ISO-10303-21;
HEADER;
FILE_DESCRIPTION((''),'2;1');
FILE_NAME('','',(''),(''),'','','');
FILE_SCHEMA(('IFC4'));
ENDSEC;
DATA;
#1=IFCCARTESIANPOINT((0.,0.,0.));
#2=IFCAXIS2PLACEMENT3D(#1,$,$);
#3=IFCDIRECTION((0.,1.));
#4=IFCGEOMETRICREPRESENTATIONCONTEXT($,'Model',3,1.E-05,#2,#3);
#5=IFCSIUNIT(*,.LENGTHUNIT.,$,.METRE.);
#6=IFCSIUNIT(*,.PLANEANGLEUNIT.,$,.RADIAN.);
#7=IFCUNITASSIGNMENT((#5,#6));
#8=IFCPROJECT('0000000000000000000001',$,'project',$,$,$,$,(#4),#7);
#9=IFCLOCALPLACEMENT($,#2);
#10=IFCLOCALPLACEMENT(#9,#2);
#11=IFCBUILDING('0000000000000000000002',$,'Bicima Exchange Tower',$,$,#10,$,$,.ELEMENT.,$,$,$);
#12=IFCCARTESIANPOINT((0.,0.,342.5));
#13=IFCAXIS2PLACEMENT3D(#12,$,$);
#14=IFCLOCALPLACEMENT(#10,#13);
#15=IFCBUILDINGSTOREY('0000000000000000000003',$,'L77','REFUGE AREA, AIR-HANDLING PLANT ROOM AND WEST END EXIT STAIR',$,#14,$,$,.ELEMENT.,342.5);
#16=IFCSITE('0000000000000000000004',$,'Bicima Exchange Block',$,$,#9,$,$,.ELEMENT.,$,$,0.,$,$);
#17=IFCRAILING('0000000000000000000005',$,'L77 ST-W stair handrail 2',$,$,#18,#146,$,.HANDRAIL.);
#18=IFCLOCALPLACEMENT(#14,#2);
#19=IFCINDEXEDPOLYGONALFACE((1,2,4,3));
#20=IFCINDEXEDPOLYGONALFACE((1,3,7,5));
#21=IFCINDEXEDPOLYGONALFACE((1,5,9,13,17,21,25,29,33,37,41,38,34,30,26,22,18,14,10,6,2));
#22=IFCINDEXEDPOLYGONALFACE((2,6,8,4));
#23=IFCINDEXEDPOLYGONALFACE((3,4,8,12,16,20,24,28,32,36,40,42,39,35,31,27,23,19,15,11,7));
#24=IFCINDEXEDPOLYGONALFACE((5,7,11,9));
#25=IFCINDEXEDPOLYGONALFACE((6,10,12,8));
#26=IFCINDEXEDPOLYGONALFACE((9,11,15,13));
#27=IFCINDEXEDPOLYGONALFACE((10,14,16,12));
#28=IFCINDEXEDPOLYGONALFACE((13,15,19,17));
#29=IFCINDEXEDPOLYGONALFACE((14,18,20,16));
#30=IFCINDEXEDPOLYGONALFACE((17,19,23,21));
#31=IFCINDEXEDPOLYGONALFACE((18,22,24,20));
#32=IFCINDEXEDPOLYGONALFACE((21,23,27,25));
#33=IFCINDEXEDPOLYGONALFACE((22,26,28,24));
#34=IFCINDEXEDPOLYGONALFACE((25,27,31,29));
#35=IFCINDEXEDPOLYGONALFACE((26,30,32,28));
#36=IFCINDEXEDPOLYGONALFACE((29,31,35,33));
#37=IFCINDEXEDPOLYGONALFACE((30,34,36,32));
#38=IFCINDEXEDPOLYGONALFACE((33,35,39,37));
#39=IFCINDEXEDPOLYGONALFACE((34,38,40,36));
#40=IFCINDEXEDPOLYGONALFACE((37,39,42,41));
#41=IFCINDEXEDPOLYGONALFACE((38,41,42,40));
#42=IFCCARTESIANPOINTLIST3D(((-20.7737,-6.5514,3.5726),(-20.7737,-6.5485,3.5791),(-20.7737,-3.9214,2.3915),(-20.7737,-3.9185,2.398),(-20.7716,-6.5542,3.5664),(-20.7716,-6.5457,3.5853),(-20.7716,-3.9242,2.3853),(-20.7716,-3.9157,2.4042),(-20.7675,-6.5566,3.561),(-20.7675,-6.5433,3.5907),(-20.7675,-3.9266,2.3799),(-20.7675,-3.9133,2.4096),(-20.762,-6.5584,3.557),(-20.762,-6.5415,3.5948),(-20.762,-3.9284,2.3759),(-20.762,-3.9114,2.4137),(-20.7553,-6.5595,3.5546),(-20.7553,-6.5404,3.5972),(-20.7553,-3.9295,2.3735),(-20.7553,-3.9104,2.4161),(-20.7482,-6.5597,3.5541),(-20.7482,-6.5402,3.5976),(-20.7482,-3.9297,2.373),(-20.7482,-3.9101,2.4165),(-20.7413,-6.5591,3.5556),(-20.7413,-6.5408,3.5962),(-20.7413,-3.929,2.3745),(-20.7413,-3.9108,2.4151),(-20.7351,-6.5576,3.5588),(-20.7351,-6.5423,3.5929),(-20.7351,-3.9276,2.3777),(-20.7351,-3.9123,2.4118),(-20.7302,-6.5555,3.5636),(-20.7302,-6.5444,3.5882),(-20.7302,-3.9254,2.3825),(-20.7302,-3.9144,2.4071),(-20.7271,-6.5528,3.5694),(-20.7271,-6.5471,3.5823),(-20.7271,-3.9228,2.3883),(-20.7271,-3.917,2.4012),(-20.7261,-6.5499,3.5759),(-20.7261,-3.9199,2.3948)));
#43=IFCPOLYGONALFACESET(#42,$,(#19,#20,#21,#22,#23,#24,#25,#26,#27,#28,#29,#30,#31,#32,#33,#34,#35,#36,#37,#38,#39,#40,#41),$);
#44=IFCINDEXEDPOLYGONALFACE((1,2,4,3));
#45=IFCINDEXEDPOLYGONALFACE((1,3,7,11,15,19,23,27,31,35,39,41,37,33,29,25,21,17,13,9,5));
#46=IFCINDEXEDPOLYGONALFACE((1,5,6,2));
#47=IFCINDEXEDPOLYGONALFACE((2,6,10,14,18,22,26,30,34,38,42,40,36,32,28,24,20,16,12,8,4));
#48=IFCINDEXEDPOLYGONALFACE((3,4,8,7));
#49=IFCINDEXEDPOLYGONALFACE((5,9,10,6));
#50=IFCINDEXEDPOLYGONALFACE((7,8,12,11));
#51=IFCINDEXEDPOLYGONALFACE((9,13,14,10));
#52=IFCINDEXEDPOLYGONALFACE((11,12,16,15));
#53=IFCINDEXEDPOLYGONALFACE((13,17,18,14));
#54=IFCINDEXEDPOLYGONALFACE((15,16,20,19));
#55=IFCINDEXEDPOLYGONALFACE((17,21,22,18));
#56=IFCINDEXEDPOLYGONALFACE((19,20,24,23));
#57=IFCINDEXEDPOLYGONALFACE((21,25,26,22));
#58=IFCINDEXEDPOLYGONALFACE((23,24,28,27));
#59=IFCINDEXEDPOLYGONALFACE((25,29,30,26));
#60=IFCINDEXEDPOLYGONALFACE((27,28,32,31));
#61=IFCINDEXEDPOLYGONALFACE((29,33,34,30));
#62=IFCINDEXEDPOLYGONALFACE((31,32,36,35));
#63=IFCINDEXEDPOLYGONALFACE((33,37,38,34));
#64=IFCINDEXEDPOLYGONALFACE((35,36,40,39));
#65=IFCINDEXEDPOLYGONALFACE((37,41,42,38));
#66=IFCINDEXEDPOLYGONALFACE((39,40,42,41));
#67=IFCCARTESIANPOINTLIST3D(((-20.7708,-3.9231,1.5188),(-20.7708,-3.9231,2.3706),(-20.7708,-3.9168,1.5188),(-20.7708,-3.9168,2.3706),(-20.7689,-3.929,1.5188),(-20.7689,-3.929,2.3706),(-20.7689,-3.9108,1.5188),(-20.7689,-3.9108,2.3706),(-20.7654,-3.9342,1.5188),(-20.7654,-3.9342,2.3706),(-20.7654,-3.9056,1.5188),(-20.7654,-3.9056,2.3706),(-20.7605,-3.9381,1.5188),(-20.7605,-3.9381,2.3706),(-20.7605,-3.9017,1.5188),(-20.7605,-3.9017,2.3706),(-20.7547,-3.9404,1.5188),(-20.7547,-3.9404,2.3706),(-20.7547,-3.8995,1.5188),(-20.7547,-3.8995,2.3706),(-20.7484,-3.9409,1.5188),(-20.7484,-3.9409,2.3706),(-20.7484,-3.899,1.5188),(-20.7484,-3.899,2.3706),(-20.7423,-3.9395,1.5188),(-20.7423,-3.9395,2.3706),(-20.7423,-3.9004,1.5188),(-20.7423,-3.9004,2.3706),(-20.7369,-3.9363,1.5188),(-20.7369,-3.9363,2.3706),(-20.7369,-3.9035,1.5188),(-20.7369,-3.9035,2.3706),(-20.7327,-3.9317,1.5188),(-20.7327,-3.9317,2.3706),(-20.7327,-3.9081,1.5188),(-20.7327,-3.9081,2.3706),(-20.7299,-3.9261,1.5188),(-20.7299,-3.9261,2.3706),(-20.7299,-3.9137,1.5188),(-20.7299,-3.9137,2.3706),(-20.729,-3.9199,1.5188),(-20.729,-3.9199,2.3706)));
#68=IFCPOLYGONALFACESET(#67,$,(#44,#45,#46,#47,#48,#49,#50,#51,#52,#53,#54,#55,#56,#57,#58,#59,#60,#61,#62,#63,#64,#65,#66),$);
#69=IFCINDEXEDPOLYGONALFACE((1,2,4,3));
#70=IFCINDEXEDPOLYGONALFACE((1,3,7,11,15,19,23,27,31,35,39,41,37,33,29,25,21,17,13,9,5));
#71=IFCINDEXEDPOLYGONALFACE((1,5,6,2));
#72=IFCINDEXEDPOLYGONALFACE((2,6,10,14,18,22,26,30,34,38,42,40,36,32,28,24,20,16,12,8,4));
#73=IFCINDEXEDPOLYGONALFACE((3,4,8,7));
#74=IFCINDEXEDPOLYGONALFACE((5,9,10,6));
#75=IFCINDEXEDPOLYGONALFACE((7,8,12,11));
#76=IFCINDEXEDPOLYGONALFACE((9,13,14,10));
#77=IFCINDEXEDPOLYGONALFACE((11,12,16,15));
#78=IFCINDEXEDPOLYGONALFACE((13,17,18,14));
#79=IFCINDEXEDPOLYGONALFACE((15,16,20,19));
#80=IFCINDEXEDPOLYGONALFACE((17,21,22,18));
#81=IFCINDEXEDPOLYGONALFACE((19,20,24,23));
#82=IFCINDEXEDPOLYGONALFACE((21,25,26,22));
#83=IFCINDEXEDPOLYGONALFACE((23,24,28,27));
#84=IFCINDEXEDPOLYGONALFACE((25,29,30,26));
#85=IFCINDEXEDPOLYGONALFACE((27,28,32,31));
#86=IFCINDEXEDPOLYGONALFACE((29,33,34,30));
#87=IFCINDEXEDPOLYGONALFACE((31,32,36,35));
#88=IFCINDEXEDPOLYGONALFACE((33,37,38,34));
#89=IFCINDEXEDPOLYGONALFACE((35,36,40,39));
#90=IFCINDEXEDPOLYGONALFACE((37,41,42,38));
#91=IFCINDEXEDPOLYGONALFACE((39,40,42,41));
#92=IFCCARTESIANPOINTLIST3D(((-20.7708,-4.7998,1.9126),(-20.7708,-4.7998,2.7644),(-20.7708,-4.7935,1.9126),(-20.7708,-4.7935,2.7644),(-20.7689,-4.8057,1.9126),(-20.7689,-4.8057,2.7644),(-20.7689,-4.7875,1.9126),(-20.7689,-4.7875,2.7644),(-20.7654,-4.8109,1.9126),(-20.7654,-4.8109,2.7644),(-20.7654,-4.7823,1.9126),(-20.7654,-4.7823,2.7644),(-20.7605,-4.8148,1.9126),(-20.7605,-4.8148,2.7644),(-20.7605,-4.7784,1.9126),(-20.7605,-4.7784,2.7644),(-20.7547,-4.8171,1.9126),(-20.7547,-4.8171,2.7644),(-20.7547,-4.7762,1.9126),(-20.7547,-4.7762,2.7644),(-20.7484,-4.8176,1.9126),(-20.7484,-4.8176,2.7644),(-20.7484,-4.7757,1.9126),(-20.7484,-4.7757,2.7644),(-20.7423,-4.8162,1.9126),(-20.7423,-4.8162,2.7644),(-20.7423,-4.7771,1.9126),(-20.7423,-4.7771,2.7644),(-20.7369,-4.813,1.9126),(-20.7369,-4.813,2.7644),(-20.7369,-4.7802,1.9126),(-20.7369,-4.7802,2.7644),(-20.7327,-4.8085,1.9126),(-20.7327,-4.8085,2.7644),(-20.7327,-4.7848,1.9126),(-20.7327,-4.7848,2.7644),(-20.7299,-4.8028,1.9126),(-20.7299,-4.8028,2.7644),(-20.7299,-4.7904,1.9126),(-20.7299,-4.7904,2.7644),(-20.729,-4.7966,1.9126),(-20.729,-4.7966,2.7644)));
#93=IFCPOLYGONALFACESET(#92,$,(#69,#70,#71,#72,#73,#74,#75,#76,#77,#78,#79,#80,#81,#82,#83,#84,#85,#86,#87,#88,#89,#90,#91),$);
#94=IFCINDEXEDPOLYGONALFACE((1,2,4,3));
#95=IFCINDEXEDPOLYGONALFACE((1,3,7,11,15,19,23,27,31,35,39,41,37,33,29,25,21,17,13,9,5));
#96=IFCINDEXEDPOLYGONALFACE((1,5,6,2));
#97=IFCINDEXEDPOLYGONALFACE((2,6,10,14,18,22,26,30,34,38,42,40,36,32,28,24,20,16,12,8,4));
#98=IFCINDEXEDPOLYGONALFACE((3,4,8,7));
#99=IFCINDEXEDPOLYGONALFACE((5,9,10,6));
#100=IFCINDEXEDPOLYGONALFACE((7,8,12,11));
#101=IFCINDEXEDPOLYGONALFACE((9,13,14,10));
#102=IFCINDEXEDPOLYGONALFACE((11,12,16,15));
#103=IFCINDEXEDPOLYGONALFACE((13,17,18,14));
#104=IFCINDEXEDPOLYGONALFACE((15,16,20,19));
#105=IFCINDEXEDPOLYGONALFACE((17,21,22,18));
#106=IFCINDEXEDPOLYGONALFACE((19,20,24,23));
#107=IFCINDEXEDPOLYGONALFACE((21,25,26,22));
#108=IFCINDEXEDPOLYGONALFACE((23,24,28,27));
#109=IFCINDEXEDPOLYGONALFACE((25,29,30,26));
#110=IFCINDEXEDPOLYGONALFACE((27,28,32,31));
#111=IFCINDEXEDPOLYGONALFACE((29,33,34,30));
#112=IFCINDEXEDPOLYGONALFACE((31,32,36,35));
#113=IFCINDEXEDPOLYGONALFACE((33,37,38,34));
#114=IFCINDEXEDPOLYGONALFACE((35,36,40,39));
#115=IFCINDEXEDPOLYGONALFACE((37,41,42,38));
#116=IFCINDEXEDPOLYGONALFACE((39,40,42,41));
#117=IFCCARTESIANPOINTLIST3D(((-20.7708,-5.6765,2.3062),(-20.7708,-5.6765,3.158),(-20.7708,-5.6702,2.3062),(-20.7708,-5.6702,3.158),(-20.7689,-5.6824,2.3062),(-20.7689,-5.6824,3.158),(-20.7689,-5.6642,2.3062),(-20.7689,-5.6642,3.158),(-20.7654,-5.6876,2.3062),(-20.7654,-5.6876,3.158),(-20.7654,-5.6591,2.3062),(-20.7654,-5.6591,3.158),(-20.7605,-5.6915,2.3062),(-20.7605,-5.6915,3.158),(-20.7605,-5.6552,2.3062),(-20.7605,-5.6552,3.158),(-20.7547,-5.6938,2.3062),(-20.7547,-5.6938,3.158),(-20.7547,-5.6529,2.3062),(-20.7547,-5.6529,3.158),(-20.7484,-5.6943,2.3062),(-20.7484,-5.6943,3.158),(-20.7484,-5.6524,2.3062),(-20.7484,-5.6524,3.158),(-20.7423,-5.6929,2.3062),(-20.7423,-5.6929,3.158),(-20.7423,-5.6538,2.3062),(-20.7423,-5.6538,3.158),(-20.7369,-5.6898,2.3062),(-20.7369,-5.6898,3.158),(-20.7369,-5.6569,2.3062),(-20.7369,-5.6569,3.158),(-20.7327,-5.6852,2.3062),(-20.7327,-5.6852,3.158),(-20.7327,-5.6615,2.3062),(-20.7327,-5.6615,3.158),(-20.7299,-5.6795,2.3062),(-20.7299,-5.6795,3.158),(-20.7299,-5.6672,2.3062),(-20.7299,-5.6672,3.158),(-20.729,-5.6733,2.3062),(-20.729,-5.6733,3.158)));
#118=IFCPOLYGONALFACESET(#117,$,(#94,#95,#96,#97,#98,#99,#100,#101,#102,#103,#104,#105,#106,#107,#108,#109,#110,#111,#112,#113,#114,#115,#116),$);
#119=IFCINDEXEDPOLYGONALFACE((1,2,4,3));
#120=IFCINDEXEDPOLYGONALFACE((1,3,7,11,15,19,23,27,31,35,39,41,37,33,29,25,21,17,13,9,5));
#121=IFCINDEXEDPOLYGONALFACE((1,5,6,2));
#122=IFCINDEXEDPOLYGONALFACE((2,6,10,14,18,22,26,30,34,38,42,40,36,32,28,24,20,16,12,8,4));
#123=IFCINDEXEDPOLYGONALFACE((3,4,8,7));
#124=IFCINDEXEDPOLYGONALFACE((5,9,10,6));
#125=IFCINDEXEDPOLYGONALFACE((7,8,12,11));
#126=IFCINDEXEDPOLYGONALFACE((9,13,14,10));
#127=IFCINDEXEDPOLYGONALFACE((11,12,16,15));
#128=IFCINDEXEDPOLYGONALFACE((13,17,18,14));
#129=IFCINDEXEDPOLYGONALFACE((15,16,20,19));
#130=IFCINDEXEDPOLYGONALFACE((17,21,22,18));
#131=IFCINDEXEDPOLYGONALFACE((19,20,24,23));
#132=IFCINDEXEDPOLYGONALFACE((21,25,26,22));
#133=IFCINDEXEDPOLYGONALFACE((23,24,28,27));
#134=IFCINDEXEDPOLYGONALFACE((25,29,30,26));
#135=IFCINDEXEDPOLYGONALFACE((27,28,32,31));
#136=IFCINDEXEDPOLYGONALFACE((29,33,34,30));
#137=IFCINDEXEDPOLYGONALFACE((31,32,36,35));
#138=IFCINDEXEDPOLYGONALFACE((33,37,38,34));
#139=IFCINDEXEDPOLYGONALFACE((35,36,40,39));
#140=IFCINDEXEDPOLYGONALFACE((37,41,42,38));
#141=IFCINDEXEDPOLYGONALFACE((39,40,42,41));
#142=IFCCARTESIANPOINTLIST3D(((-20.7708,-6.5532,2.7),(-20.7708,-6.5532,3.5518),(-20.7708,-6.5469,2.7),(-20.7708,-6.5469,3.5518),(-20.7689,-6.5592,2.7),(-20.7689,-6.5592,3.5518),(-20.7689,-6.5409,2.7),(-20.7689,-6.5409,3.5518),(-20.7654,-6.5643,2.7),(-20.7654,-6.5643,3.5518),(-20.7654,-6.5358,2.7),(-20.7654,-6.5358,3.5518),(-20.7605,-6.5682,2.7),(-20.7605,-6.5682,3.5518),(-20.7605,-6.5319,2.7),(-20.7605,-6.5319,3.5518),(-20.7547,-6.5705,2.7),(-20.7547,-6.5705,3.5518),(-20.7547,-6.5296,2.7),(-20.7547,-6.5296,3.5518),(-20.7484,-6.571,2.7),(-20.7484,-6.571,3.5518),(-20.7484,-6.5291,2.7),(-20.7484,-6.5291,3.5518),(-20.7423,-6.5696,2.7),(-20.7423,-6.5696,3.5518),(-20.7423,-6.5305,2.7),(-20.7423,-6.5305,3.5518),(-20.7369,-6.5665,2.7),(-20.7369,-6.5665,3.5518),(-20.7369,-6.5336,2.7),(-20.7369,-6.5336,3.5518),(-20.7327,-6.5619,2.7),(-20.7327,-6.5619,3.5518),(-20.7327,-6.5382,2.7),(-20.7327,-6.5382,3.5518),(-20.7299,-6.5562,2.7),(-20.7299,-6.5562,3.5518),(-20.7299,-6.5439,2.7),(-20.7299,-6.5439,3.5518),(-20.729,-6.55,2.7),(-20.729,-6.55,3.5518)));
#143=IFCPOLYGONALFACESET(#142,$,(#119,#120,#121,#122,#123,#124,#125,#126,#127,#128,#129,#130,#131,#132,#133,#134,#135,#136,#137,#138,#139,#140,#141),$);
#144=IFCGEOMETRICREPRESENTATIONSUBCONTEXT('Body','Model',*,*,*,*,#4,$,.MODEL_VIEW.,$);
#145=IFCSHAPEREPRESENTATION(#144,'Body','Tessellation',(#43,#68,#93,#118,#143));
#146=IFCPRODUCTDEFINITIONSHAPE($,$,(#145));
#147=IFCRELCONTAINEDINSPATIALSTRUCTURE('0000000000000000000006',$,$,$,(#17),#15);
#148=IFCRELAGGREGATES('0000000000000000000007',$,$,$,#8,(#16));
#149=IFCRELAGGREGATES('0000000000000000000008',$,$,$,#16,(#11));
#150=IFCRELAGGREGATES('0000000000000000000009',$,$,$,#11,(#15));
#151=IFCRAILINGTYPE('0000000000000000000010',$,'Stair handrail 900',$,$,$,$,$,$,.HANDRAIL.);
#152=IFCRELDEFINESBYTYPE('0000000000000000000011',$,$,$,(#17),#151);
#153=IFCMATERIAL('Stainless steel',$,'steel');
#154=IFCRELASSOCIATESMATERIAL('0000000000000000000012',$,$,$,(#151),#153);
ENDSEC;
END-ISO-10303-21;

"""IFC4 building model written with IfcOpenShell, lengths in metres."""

from ifc_helpers import new_model, si_unit, direction, frame, origin, origin_2d, place, context, subcontext, project, spatial, circle, extrude, material, type_object, element, save


model = new_model("IFC4")

# Units and contexts
model_context = context("Model", 3, precision=1e-05, world=origin(), true_north=direction((0.0, 1.0)))
body_context = subcontext(model_context, "Body", "Model", "MODEL_VIEW")
ifc_project = project(units=[si_unit("LENGTHUNIT", "METRE"), si_unit("PLANEANGLEUNIT", "RADIAN")], contexts=[model_context])

# Site, building, storey
site_placement = place(None, origin())
site = spatial("IfcSite", under=ifc_project, at=site_placement, Name="Bicima Exchange Block", CompositionType="ELEMENT", RefElevation=0.0)
building_placement = place(site_placement, origin())
building = spatial("IfcBuilding", under=site, at=building_placement, Name="Bicima Exchange Tower", CompositionType="ELEMENT")
storey_placement = place(building_placement, frame((0.0, 0.0, 342.5)))
storey = spatial("IfcBuildingStorey", under=building, at=storey_placement, Name="L77", Description="REFUGE AREA, AIR-HANDLING PLANT ROOM AND WEST END EXIT STAIR", CompositionType="ELEMENT", Elevation=342.5)

# Shared definitions
ifc_material_1 = material(Name="Stainless steel", Category="steel")

# Railing
railing_type_1 = type_object("IfcRailingType", Name="Stair handrail 900", PredefinedType="HANDRAIL", material=ifc_material_1)
railing_1_placement = place(storey_placement, frame((-20.75, -3.9199, 1.5188)))
element("IfcRailing", 1, at=railing_1_placement, inside=storey, type_object=railing_type_1, Name="L77 ST-W stair handrail 2", PredefinedType="HANDRAIL", context=body_context, shape_type="SweptSolid", body=[
    extrude(circle(Radius=0.0239, at=origin_2d()), frame((0.0, 0.0, 0.876), z_axis=(0.0, -0.912233, 0.409671), x_axis=(1.0, 0.0, 0.0)), (0.0, 0.0, 1.0), 2.8831),
    extrude(circle(Radius=0.021, at=origin_2d()), origin(), (0.0, 0.0, 1.0), 0.8518),
    extrude(circle(Radius=0.021, at=origin_2d()), frame((0.0, -0.8767, 0.3938)), (0.0, 0.0, 1.0), 0.8518),
    extrude(circle(Radius=0.021, at=origin_2d()), frame((0.0, -1.7534, 0.7874)), (0.0, 0.0, 1.0), 0.8518),
    extrude(circle(Radius=0.021, at=origin_2d()), frame((0.0, -2.6301, 1.1812)), (0.0, 0.0, 1.0), 0.8518),
])

save(model, "model.ifc")
